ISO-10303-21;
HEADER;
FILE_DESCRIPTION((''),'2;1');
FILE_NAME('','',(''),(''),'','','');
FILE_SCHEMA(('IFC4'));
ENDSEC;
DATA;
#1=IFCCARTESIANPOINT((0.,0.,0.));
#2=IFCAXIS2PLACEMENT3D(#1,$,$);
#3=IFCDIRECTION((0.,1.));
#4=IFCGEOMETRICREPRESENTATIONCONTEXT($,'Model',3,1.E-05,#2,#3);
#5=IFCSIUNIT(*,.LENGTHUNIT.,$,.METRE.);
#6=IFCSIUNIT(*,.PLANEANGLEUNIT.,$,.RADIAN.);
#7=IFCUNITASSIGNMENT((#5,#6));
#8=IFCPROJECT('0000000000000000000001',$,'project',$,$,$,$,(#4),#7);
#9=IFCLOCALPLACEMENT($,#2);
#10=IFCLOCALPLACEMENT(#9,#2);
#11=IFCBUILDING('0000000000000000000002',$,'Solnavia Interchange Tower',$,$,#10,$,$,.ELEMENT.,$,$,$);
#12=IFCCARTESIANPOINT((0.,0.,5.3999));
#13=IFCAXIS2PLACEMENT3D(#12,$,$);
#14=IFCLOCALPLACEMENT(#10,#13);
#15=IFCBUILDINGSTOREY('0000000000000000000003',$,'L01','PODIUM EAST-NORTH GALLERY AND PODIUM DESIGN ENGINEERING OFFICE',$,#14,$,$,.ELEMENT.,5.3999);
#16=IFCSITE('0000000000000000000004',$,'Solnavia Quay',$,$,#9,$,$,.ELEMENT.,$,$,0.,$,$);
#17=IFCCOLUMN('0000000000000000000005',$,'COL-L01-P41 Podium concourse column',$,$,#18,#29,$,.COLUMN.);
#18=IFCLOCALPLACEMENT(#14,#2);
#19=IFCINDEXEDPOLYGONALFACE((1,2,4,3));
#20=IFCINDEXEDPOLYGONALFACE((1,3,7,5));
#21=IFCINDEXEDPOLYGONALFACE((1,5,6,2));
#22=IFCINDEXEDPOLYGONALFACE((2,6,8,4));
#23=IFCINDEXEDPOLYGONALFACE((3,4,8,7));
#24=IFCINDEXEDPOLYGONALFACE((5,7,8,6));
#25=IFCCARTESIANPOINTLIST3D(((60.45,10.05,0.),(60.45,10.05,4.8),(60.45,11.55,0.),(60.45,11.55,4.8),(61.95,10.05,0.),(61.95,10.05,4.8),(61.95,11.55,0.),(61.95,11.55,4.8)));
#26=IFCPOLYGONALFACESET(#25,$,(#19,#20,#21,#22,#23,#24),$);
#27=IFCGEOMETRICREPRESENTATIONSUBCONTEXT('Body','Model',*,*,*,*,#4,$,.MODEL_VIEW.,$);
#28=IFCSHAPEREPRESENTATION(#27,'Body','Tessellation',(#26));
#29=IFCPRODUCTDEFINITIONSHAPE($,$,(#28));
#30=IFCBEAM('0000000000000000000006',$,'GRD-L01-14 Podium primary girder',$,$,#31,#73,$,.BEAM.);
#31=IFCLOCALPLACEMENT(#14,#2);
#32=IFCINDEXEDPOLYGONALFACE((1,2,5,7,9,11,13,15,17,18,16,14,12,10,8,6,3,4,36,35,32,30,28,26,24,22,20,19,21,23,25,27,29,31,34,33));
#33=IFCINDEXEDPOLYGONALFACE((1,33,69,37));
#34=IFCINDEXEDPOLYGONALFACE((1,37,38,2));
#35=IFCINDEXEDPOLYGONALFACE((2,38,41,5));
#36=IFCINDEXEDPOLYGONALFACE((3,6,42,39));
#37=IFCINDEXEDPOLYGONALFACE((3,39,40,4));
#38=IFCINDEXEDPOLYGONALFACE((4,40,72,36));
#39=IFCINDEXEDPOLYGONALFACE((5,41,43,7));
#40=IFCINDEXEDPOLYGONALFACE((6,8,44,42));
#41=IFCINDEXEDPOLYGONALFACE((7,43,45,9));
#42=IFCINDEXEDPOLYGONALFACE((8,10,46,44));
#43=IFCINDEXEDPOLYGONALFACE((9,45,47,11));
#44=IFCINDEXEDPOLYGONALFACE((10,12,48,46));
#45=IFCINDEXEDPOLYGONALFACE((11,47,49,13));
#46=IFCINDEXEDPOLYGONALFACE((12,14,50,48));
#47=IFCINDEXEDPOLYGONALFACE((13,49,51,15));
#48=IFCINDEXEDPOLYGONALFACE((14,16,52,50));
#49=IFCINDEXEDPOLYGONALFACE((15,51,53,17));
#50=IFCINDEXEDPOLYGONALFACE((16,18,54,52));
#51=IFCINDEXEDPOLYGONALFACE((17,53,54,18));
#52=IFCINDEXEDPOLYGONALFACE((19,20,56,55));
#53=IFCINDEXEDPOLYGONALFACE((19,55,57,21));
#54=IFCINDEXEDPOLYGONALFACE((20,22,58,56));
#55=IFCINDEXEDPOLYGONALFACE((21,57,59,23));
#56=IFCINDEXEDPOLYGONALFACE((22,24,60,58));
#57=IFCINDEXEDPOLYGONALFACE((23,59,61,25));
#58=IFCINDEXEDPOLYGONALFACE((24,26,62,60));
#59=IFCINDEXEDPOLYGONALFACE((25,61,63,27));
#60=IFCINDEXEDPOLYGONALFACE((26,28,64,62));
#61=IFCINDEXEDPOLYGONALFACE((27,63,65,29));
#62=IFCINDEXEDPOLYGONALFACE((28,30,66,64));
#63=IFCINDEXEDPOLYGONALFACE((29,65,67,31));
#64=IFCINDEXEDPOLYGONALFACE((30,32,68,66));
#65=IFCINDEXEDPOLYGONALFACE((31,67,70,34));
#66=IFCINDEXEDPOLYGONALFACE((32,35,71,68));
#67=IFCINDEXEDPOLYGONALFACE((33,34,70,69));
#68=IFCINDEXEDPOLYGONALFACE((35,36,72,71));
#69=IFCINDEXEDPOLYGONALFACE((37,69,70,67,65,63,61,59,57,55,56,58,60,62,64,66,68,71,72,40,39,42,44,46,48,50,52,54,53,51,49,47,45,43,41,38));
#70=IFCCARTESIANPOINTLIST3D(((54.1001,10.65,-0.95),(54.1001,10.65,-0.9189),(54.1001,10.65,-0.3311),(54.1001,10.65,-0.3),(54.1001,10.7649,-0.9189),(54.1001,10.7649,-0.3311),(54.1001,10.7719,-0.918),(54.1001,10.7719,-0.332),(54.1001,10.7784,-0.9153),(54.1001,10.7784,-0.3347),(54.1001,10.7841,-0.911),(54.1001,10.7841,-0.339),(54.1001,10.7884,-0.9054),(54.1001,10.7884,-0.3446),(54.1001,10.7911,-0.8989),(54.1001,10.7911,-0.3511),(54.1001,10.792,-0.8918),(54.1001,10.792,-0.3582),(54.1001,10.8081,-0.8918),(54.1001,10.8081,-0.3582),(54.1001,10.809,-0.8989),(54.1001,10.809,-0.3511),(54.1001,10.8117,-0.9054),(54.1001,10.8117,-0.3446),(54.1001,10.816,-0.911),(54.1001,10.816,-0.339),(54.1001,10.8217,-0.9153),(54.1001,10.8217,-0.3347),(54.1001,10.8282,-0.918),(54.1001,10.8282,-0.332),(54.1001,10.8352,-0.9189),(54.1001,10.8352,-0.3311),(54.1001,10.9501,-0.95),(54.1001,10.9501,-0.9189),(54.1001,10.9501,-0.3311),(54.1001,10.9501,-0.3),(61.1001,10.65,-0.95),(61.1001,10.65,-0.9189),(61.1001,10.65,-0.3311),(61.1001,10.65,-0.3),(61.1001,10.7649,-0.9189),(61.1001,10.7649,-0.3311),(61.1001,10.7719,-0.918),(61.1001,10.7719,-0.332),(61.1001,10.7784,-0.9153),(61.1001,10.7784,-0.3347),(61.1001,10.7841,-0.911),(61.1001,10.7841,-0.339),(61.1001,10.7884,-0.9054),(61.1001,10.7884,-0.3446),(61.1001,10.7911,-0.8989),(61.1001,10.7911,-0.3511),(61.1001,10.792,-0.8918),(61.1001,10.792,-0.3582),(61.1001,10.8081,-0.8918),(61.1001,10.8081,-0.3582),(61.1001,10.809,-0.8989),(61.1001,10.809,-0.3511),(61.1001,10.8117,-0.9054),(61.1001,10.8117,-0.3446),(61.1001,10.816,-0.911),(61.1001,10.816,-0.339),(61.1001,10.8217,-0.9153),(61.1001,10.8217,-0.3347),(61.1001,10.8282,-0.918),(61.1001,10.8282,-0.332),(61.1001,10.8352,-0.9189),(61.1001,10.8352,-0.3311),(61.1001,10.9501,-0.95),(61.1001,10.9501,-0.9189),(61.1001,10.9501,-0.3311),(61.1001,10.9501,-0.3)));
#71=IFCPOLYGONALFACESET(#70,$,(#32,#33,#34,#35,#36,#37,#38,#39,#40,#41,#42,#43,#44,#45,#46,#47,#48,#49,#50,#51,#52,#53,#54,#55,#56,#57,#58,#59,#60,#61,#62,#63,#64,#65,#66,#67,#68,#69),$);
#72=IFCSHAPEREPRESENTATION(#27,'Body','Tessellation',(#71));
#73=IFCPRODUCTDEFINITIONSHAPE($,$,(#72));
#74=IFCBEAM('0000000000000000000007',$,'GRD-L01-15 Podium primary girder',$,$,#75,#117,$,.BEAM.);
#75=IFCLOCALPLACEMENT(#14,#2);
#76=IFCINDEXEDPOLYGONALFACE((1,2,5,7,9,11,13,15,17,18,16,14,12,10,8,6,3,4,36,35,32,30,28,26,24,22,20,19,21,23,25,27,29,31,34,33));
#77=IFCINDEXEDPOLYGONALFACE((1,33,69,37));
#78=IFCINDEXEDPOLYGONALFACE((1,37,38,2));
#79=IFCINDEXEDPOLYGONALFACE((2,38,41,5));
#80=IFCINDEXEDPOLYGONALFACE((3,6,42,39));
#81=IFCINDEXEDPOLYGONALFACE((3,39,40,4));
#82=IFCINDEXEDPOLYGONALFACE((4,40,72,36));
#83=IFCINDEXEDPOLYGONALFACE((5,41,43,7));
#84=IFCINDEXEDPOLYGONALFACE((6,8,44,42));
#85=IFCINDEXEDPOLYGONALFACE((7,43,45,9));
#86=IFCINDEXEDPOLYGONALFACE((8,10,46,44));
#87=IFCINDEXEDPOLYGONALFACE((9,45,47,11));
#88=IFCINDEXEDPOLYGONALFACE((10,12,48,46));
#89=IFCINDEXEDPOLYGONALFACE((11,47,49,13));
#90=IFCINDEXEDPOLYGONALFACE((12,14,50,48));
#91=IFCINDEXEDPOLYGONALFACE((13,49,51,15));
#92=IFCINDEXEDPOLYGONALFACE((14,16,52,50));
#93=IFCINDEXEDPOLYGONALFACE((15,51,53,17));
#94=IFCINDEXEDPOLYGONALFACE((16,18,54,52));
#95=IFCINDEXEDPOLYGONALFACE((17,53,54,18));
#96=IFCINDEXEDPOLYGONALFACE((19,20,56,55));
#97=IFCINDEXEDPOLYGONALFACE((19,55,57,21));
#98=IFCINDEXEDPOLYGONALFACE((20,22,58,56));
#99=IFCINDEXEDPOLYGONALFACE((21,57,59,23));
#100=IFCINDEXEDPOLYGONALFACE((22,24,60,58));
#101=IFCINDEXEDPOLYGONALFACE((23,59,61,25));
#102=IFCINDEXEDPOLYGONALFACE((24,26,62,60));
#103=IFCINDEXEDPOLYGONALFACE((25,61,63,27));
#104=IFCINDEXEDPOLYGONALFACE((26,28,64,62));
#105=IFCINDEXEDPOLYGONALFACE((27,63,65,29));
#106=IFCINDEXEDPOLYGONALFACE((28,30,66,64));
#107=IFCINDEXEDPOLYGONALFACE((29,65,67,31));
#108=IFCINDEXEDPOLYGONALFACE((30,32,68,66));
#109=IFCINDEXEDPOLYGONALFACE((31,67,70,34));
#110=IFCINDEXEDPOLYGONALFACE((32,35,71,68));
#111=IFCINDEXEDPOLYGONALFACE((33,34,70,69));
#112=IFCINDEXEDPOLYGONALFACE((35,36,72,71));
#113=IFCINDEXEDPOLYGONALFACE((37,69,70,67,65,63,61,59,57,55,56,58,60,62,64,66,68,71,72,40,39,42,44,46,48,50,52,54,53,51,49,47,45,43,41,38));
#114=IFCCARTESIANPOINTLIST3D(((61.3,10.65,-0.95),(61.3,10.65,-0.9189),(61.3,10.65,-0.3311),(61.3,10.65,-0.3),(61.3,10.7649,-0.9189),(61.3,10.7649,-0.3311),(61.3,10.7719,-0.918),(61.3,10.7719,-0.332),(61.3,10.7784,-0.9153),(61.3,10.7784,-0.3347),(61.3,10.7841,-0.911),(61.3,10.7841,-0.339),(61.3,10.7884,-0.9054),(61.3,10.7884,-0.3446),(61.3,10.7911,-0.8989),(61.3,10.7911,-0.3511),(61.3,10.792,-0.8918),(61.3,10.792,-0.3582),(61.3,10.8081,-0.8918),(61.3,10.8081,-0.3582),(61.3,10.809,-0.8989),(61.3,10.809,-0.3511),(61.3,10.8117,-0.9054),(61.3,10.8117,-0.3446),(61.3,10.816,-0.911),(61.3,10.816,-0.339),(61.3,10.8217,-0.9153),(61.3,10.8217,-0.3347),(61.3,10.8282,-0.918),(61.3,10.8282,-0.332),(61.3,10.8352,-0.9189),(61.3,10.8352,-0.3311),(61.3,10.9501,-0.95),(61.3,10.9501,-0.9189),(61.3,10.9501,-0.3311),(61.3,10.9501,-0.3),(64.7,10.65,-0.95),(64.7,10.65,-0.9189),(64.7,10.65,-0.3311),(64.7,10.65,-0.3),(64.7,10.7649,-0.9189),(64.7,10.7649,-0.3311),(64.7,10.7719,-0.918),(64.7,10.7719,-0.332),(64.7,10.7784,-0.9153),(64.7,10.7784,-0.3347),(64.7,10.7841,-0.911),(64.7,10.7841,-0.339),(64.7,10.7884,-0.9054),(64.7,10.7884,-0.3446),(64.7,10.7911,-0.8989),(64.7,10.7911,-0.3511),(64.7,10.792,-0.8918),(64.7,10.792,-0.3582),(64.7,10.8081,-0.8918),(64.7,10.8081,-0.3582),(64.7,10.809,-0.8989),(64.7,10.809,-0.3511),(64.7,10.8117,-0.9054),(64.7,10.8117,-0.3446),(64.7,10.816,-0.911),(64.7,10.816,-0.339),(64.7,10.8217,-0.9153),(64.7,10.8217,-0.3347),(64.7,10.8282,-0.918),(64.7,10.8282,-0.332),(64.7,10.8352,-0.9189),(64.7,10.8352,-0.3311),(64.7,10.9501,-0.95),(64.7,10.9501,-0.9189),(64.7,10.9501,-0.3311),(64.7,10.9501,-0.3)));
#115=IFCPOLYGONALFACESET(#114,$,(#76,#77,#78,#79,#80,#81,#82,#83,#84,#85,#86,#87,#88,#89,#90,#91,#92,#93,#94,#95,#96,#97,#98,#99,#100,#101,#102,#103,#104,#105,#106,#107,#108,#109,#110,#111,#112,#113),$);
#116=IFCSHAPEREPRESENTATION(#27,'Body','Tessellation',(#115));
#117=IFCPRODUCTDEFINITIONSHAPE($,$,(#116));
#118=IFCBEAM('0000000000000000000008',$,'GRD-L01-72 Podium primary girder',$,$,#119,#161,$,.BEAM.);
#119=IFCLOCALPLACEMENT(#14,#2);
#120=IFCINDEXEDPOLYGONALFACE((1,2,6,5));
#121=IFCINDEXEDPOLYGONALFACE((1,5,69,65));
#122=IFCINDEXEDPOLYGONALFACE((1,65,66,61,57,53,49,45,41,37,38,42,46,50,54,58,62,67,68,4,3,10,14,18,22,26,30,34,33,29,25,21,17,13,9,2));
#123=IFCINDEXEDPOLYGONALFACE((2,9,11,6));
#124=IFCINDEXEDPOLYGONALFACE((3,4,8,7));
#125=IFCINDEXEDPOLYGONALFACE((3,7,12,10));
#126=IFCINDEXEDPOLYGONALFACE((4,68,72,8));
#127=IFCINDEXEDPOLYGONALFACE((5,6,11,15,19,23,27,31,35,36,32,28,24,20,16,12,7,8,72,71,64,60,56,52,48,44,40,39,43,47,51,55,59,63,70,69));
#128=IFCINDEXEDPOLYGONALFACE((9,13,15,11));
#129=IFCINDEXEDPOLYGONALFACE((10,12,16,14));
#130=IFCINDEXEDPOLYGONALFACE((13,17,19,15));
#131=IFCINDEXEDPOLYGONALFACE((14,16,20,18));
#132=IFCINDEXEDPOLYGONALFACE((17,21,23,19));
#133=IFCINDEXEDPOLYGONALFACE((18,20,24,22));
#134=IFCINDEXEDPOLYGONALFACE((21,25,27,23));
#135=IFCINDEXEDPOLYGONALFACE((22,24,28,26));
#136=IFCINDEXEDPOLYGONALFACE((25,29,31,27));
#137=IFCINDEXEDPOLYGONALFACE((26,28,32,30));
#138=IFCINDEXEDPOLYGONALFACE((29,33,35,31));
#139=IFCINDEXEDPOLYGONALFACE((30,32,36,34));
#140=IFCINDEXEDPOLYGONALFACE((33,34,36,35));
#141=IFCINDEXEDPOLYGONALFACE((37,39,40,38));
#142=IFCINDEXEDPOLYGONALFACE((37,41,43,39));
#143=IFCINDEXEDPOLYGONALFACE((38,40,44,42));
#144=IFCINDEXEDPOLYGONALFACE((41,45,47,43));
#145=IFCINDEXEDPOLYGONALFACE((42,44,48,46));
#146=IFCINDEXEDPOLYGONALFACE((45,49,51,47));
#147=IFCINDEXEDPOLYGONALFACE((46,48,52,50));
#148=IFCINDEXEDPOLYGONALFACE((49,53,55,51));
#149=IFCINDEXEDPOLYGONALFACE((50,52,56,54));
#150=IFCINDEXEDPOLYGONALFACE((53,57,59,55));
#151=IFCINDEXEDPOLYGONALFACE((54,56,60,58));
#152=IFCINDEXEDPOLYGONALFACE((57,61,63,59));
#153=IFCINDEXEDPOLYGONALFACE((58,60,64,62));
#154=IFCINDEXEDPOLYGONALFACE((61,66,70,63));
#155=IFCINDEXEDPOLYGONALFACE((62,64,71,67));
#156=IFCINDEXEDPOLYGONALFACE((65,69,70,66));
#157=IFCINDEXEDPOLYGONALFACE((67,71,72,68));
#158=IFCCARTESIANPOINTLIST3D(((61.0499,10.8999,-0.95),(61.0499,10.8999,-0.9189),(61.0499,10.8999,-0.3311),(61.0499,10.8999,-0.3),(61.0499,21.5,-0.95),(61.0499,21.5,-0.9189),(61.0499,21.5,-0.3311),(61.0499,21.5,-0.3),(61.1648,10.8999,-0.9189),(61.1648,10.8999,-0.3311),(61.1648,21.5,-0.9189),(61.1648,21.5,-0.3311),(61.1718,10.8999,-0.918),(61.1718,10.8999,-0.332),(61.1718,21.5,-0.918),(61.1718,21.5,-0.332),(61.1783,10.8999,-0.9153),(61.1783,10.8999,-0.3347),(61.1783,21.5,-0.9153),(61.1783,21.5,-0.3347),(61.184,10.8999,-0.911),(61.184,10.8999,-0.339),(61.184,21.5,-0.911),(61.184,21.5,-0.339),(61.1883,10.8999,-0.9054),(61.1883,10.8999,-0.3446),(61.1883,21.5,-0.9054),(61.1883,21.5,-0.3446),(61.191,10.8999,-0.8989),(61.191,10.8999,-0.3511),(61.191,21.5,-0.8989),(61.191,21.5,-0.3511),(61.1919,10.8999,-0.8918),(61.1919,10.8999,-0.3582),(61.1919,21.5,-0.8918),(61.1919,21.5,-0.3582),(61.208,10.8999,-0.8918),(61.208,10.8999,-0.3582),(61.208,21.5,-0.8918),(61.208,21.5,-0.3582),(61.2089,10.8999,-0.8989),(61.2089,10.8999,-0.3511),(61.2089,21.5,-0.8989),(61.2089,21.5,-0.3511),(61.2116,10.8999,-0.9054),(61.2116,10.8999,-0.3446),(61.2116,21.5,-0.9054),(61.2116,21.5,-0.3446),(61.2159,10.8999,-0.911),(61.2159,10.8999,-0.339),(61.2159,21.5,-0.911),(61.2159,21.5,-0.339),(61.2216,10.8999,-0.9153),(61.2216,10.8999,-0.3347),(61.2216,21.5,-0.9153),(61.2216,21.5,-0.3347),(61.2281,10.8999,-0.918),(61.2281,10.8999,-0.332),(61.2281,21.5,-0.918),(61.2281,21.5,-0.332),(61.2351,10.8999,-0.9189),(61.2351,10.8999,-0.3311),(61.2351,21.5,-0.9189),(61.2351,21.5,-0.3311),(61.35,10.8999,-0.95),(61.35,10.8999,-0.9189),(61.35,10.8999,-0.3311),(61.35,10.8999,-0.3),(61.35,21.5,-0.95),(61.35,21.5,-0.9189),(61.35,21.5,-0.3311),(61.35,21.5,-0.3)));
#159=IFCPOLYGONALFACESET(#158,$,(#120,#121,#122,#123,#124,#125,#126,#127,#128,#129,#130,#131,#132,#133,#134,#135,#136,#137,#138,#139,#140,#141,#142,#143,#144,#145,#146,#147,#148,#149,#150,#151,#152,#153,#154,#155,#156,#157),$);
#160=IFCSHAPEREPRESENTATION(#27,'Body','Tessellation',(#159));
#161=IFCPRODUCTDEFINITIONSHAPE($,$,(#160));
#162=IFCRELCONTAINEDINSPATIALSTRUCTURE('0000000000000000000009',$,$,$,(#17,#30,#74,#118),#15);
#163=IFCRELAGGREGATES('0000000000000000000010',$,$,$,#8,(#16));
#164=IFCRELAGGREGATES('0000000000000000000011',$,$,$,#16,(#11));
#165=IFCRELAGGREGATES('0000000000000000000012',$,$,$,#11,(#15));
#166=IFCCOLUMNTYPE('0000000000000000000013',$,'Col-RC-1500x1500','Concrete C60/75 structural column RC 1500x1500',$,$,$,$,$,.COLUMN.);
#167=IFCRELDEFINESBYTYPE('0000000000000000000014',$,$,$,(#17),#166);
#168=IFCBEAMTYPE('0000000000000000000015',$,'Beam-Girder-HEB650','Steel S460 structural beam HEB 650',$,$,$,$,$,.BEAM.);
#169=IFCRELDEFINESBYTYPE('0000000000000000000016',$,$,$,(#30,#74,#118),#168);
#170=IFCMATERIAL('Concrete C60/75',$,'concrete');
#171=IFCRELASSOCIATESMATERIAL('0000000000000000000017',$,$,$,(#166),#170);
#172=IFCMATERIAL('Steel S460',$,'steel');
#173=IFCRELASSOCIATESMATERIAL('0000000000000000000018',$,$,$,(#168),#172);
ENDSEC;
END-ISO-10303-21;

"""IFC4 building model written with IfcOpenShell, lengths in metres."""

from ifc_helpers import new_model, si_unit, direction, frame, origin, origin_2d, place, context, subcontext, project, spatial, rectangle, i_section, extrude, material, material_profile, profile_set, type_object, element, save


model = new_model("IFC4")

# Units and contexts
model_context = context("Model", 3, precision=1e-05, world=origin(), true_north=direction((0.0, 1.0)))
body_context = subcontext(model_context, "Body", "Model", "MODEL_VIEW")
ifc_project = project(units=[si_unit("LENGTHUNIT", "METRE"), si_unit("PLANEANGLEUNIT", "RADIAN")], contexts=[model_context])

# Site, building, storey
site_placement = place(None, origin())
site = spatial("IfcSite", under=ifc_project, at=site_placement, Name="Solnavia Quay", CompositionType="ELEMENT", RefElevation=0.0)
building_placement = place(site_placement, origin())
building = spatial("IfcBuilding", under=site, at=building_placement, Name="Solnavia Interchange Tower", CompositionType="ELEMENT")
storey_placement = place(building_placement, frame((0.0, 0.0, 5.3999)))
storey = spatial("IfcBuildingStorey", under=building, at=storey_placement, Name="L01", Description="PODIUM EAST-NORTH GALLERY AND PODIUM DESIGN ENGINEERING OFFICE", CompositionType="ELEMENT", Elevation=5.3999)

# Column
ifc_material_1 = material(Name="Concrete C60/75", Category="concrete")
ifc_material_profile_1 = material_profile(ifc_material_1, rectangle(XDim=1.5, YDim=1.5, at=origin_2d()), Name="RC 1500x1500")
ifc_profile_set_1 = profile_set([ifc_material_profile_1], Name="Concrete C60/75")
column_type = type_object("IfcColumnType", Name="Col-RC-1500x1500", Description="Concrete C60/75 structural column RC 1500x1500", PredefinedType="COLUMN", material=ifc_profile_set_1)
column_placement = place(storey_placement, frame((61.2, 10.8, 0.0), z_axis=(0.0, 0.0, 1.0), x_axis=(1.0, 0.0, 0.0)))
element("IfcColumn", 1, at=column_placement, inside=storey, type_object=column_type, Name="COL-L01-P41 Podium concourse column", PredefinedType="COLUMN", context=body_context, shape_type="SweptSolid", body=[
    extrude(rectangle(XDim=1.5, YDim=1.5, at=origin_2d()), origin(), (0.0, 0.0, 1.0), 4.8),
])

# Beams
ifc_material_2 = material(Name="Steel S460", Category="steel")
ifc_material_profile_2 = material_profile(ifc_material_2, i_section(OverallWidth=0.3, OverallDepth=0.6499, WebThickness=0.0161, FlangeThickness=0.031, FilletRadius=0.0271, at=origin_2d()), Name="HEB 650")
ifc_profile_set_2 = profile_set([ifc_material_profile_2], Name="Steel S460")
beam_type_1 = type_object("IfcBeamType", Name="Beam-Girder-HEB650", Description="Steel S460 structural beam HEB 650", PredefinedType="BEAM", material=ifc_profile_set_2)
beam_1_placement = place(storey_placement, frame((54.1001, 10.8, -0.625), z_axis=(1.0, 0.0, 0.0), x_axis=(0.0, 1.0, 0.0)))
element("IfcBeam", 2, at=beam_1_placement, inside=storey, type_object=beam_type_1, Name="GRD-L01-14 Podium primary girder", PredefinedType="BEAM", context=body_context, shape_type="SweptSolid", body=[
    extrude(i_section(OverallWidth=0.3, OverallDepth=0.6499, WebThickness=0.0161, FlangeThickness=0.031, FilletRadius=0.0271, at=origin_2d()), origin(), (0.0, 0.0, 1.0), 7.0),
])
beam_2_placement = place(storey_placement, frame((61.3, 10.8, -0.625), z_axis=(1.0, 0.0, 0.0), x_axis=(0.0, 1.0, 0.0)))
element("IfcBeam", 3, at=beam_2_placement, inside=storey, type_object=beam_type_1, Name="GRD-L01-15 Podium primary girder", PredefinedType="BEAM", context=body_context, shape_type="SweptSolid", body=[
    extrude(i_section(OverallWidth=0.3, OverallDepth=0.6499, WebThickness=0.0161, FlangeThickness=0.031, FilletRadius=0.0271, at=origin_2d()), origin(), (0.0, 0.0, 1.0), 3.3999),
])
beam_3_placement = place(storey_placement, frame((61.2, 10.8999, -0.625), z_axis=(0.0, 1.0, 0.0), x_axis=(-1.0, 0.0, 0.0)))
element("IfcBeam", 4, at=beam_3_placement, inside=storey, type_object=beam_type_1, Name="GRD-L01-72 Podium primary girder", PredefinedType="BEAM", context=body_context, shape_type="SweptSolid", body=[
    extrude(i_section(OverallWidth=0.3, OverallDepth=0.6499, WebThickness=0.0161, FlangeThickness=0.031, FilletRadius=0.0271, at=origin_2d()), origin(), (0.0, 0.0, 1.0), 10.6001),
])

save(model, "model.ifc")
